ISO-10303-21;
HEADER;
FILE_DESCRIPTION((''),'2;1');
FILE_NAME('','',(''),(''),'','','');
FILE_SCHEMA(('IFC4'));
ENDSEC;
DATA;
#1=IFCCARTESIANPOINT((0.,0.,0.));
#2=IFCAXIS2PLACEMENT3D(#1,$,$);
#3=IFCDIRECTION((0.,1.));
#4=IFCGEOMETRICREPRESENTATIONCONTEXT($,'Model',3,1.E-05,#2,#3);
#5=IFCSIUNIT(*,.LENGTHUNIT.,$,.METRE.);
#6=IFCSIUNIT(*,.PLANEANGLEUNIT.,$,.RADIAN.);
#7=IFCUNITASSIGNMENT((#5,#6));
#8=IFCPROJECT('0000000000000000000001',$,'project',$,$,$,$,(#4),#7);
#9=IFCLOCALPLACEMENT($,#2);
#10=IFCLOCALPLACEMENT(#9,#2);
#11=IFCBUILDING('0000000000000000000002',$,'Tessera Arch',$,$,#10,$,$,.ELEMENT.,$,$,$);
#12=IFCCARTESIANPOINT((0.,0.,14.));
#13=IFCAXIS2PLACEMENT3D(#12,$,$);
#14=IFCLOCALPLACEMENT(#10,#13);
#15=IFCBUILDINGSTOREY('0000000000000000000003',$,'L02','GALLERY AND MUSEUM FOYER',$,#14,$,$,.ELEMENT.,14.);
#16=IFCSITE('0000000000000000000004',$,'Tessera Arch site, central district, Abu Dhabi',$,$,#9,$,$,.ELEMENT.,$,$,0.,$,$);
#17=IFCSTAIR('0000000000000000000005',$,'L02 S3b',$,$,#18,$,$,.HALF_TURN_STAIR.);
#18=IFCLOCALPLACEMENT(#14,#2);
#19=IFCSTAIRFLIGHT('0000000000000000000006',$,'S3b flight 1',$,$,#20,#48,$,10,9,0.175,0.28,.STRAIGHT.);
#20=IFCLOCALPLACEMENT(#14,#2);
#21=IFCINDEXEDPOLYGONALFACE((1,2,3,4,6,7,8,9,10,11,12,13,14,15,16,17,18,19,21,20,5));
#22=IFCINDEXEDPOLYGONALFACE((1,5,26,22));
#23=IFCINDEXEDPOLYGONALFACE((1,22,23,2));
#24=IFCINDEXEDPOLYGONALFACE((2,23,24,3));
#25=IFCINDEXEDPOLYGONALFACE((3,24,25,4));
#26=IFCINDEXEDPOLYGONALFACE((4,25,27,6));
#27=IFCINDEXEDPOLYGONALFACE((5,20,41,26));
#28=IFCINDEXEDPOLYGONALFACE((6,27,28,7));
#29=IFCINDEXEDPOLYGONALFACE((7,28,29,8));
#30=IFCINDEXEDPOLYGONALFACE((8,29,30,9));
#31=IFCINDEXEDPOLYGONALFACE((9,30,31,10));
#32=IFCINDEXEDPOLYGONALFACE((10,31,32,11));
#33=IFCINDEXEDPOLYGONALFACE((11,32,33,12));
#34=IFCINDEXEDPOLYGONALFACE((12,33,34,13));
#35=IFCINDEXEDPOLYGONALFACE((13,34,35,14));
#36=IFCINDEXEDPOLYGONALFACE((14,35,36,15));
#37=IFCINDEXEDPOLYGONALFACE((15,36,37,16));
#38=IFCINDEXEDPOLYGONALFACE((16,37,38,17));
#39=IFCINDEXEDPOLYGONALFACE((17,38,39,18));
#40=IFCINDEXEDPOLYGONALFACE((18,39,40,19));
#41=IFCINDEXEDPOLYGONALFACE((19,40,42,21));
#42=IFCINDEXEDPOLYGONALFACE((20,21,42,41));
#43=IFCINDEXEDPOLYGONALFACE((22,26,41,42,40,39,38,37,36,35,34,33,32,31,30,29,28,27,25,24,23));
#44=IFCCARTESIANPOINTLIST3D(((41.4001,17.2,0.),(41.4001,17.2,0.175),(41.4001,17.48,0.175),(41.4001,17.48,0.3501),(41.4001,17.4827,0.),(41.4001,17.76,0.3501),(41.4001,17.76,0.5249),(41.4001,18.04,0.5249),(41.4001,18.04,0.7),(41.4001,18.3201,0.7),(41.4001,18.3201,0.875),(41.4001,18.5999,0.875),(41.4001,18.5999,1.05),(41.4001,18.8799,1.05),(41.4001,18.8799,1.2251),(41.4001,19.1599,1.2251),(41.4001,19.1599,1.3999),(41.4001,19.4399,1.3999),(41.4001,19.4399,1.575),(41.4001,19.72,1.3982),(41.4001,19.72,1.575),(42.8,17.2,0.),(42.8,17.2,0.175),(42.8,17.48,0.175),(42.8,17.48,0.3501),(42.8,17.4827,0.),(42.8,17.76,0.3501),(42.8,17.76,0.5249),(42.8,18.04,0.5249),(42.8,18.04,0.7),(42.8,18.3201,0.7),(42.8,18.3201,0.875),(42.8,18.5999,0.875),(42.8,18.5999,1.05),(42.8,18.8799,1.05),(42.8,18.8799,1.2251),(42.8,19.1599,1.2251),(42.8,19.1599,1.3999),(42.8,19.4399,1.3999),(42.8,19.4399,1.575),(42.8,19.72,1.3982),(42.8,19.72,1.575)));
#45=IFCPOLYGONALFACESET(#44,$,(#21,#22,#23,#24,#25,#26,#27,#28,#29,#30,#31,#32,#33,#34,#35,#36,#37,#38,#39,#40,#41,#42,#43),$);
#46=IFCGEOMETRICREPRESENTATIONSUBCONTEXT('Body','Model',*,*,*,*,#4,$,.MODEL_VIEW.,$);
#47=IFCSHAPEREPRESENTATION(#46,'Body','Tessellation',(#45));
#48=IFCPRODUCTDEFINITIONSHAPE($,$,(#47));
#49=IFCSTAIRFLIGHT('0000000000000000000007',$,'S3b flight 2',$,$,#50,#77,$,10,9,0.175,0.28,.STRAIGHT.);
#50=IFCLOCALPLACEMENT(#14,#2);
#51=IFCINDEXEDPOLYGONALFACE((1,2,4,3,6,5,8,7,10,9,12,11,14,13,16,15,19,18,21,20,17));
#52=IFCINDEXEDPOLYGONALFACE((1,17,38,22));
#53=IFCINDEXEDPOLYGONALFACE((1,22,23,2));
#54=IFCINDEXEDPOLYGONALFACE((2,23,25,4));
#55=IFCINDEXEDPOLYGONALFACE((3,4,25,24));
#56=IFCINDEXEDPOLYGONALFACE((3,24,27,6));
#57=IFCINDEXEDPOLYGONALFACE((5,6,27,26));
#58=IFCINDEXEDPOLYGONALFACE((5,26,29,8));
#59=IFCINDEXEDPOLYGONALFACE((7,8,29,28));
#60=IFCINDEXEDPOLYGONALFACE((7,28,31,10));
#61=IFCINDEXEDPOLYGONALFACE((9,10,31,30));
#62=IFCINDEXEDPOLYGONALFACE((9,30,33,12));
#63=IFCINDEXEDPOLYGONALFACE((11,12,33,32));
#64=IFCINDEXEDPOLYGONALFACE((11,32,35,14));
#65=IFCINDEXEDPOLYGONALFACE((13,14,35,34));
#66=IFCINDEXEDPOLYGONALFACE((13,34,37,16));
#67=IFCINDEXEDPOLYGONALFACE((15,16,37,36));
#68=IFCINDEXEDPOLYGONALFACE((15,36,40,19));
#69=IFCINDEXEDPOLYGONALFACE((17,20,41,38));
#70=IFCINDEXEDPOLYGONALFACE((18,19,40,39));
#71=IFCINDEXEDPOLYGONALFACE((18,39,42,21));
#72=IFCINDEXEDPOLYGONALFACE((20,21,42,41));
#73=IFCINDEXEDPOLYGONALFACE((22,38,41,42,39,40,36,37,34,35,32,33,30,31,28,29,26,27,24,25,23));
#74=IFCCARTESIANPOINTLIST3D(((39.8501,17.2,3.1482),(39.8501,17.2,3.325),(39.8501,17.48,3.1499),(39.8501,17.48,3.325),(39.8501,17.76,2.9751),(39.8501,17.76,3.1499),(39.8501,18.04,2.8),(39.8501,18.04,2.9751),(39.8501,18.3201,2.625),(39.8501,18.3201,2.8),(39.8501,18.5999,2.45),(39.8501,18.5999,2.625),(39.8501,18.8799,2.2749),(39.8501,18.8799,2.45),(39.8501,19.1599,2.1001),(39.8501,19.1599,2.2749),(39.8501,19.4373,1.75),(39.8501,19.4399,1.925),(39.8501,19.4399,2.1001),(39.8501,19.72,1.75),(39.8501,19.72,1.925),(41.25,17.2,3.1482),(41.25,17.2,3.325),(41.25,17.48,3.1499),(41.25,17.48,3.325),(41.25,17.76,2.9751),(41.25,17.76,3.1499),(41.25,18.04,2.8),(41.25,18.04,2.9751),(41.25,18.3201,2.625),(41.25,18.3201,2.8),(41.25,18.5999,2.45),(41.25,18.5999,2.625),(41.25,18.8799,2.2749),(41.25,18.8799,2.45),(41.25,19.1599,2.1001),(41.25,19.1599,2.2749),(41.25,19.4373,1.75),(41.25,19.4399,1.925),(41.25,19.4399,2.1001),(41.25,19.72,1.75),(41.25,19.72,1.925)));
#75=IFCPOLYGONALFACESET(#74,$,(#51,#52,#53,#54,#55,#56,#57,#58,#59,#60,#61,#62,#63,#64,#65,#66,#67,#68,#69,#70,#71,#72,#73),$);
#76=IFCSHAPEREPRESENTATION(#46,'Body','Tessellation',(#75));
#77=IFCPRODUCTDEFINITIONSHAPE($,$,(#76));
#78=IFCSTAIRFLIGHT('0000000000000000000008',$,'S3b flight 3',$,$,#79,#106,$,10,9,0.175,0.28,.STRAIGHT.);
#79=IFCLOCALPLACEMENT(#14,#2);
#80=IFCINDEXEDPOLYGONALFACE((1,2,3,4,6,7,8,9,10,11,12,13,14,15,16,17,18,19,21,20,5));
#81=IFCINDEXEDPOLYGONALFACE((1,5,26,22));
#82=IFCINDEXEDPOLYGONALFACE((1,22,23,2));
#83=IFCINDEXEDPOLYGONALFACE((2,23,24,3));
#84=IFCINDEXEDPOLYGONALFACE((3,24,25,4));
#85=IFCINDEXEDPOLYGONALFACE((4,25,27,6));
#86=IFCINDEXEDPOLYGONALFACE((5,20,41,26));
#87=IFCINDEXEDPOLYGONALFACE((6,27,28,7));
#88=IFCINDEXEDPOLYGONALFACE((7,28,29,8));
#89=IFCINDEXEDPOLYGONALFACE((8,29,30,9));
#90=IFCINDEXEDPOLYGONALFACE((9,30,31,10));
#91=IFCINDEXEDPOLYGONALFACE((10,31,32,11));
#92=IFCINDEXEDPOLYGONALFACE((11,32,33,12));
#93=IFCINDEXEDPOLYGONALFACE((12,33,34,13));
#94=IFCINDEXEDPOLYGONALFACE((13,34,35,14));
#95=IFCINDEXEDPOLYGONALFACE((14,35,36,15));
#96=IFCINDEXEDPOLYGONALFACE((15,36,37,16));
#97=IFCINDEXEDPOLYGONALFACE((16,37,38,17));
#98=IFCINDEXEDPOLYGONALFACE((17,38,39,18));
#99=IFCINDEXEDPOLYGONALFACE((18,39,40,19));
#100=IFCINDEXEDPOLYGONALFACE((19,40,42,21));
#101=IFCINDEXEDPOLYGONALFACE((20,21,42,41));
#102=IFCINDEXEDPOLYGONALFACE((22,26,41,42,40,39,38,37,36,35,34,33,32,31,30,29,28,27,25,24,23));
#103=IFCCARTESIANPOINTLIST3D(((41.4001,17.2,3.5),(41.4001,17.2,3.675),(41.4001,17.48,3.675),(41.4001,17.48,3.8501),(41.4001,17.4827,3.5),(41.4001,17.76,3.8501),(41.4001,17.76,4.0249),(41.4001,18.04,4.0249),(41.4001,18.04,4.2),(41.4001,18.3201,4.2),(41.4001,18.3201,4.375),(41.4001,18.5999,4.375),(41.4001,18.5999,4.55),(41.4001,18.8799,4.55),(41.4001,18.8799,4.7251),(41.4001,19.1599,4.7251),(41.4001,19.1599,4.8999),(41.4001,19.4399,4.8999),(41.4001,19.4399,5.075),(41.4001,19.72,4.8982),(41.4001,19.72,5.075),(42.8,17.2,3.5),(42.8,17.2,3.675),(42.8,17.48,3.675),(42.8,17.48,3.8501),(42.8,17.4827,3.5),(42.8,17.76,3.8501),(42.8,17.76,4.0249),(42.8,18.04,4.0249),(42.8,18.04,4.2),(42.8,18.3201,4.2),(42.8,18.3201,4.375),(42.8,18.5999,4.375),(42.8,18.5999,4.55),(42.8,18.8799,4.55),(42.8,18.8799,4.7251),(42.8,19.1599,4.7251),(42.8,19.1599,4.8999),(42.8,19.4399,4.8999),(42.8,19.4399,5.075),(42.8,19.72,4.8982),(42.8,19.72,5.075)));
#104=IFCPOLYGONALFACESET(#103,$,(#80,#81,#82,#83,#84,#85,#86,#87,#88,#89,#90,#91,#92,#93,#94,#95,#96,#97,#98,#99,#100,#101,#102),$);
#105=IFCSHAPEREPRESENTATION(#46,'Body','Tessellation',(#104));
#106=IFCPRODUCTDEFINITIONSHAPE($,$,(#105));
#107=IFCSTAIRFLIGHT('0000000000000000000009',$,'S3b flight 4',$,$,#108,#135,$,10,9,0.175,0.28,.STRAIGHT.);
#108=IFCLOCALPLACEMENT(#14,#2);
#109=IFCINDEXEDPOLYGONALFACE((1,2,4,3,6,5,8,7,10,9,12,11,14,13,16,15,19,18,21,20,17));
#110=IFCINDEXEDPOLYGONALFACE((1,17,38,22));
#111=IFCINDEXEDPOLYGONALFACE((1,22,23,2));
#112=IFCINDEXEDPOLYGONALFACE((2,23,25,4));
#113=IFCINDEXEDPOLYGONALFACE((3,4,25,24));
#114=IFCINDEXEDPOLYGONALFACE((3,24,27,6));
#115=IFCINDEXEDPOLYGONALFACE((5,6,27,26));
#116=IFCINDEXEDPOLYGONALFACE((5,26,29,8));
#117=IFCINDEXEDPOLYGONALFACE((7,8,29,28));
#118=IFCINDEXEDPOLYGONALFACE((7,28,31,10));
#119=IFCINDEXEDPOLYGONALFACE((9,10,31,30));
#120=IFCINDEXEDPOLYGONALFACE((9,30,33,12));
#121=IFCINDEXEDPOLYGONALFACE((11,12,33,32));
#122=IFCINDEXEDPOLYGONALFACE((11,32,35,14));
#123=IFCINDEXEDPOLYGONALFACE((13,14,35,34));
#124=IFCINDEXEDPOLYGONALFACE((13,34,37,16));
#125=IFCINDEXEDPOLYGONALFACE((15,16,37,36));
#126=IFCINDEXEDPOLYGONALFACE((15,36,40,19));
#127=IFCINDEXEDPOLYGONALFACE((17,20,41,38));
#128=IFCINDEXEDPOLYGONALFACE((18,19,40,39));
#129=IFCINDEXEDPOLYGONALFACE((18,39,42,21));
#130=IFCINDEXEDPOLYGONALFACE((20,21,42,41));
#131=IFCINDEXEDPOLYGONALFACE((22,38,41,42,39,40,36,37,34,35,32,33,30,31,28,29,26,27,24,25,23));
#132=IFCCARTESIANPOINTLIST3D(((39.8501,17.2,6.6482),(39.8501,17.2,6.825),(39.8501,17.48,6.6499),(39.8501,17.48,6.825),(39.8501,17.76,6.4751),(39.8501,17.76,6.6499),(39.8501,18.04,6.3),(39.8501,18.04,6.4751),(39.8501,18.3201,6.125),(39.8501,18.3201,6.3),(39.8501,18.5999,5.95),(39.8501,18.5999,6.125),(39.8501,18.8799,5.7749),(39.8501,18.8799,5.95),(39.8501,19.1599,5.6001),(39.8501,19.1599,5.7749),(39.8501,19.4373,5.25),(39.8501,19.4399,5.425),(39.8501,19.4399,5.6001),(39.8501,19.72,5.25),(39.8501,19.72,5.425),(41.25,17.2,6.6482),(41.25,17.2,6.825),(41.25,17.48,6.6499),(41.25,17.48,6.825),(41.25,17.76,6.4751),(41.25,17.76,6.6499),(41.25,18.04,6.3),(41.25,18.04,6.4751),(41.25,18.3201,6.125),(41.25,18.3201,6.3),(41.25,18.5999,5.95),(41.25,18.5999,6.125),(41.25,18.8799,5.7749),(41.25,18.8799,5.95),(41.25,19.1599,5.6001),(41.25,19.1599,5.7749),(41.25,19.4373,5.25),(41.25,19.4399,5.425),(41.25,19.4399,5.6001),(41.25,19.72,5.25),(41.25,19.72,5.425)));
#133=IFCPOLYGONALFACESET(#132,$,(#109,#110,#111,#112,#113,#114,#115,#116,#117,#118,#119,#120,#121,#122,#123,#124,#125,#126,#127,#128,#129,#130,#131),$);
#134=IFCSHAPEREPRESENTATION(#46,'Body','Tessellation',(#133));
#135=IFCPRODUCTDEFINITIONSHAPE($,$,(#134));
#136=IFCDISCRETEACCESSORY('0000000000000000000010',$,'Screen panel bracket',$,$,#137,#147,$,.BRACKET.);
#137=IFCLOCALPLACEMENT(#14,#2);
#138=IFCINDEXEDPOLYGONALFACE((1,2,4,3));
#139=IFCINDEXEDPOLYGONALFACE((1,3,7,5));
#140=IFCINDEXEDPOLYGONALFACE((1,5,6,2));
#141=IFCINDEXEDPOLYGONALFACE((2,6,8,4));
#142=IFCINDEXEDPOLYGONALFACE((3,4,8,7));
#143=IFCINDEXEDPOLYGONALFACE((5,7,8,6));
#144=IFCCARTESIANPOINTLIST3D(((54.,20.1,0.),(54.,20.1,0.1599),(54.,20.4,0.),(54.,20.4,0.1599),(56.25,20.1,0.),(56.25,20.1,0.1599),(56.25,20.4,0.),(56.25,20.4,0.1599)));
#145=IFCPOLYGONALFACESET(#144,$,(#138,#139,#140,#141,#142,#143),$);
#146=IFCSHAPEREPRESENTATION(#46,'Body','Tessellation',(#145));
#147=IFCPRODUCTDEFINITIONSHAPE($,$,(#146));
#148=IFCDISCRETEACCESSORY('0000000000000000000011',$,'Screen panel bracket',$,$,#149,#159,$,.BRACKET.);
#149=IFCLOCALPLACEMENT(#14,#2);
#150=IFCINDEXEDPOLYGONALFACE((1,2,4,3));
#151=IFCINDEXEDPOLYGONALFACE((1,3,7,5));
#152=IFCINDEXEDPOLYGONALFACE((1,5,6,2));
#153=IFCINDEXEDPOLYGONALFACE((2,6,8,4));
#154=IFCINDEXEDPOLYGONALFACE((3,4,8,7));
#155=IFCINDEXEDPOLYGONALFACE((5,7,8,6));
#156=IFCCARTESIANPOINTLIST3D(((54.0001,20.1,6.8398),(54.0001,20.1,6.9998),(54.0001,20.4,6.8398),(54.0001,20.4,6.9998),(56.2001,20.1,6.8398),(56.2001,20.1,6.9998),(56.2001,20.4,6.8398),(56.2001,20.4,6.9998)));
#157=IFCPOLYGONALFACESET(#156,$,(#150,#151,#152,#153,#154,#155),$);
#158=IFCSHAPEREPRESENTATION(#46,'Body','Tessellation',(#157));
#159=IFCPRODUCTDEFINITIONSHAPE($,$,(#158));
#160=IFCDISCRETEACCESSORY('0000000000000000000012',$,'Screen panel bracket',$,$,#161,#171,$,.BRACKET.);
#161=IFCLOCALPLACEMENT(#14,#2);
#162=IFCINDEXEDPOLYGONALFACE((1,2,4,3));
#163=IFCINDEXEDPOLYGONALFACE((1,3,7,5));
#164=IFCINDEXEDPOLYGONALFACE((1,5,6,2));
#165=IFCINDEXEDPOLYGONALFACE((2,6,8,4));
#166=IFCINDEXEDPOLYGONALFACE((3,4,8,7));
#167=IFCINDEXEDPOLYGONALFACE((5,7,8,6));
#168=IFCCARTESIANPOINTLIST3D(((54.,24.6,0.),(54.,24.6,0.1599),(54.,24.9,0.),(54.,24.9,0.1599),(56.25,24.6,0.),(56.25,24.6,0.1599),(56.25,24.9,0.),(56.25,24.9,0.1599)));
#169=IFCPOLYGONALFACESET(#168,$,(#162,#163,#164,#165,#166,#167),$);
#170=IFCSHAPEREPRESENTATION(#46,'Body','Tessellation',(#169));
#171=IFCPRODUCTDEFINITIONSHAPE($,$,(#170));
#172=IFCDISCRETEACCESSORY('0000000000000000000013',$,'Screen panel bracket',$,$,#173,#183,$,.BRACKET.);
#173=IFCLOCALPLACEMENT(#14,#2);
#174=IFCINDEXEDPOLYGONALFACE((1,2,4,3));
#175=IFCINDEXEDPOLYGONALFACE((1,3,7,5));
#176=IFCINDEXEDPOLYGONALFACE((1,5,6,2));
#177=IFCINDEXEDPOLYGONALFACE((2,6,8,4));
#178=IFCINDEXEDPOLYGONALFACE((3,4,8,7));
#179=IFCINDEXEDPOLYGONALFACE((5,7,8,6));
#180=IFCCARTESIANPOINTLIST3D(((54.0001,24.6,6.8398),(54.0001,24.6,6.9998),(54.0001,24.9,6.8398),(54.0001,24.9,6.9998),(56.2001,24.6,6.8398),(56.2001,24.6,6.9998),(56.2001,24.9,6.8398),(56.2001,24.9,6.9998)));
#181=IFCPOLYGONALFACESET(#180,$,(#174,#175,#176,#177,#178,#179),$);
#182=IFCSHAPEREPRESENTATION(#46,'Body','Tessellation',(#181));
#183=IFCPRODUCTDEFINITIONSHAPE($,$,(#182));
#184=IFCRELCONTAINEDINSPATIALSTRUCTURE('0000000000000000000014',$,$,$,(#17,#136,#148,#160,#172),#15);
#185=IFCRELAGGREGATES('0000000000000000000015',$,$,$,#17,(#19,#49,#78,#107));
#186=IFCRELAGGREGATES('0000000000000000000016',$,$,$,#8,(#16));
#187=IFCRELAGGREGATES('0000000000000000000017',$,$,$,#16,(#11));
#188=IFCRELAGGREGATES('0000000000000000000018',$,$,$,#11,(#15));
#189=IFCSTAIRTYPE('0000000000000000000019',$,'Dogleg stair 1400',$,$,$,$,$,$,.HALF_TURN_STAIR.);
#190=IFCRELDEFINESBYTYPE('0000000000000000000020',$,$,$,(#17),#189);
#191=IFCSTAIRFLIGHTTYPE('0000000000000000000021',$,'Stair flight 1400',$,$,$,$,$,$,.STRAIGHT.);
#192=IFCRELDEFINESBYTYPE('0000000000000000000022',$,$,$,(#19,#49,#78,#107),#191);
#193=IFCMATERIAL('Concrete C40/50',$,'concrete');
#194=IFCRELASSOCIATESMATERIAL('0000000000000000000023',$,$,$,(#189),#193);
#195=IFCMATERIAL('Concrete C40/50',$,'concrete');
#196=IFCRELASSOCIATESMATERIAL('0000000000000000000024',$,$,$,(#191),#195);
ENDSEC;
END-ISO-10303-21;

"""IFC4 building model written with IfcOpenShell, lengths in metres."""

from ifc_helpers import new_model, si_unit, direction, frame, origin, origin_2d, place, context, subcontext, project, spatial, polyline, rectangle, outline, extrude, material, type_object, element, aggregate, save


model = new_model("IFC4")

# Units and contexts
model_context = context("Model", 3, precision=1e-05, world=origin(), true_north=direction((0.0, 1.0)))
body_context = subcontext(model_context, "Body", "Model", "MODEL_VIEW")
ifc_project = project(units=[si_unit("LENGTHUNIT", "METRE"), si_unit("PLANEANGLEUNIT", "RADIAN")], contexts=[model_context])

# Site, building, storey
site_placement = place(None, origin())
site = spatial("IfcSite", under=ifc_project, at=site_placement, Name="Tessera Arch site, central district, Abu Dhabi", CompositionType="ELEMENT", RefElevation=0.0)
building_placement = place(site_placement, origin())
building = spatial("IfcBuilding", under=site, at=building_placement, Name="Tessera Arch", CompositionType="ELEMENT")
storey_placement = place(building_placement, frame((0.0, 0.0, 14.0)))
storey = spatial("IfcBuildingStorey", under=building, at=storey_placement, Name="L02", Description="GALLERY AND MUSEUM FOYER", CompositionType="ELEMENT", Elevation=14.0)

# Stair, stair flights
ifc_material_1 = material(Name="Concrete C40/50", Category="concrete")
stair_type = type_object("IfcStairType", Name="Dogleg stair 1400", PredefinedType="HALF_TURN_STAIR", material=ifc_material_1)
stair_placement = place(storey_placement, origin())
stair = element("IfcStair", 1, at=stair_placement, inside=storey, type_object=stair_type, Name="L02 S3b", PredefinedType="HALF_TURN_STAIR")
ifc_material_2 = material(Name="Concrete C40/50", Category="concrete")
stair_flight_type = type_object("IfcStairFlightType", Name="Stair flight 1400", PredefinedType="STRAIGHT", material=ifc_material_2)
stair_flight_1_placement = place(storey_placement, frame((42.1001, 17.2, 0.0), z_axis=(0.0, 0.0, 1.0), x_axis=(0.0, 1.0, 0.0)))
stair_flight_1 = element("IfcStairFlight", 2, at=stair_flight_1_placement, type_object=stair_flight_type, Name="S3b flight 1", NumberOfRisers=10, NumberOfTreads=9, PredefinedType="STRAIGHT", RiserHeight=0.175, TreadLength=0.28, context=body_context, shape_type="SweptSolid", body=[
    extrude(outline(polyline([(0.0, 0.0), (0.0, 0.175), (0.28, 0.175), (0.28, 0.3501), (0.5601, 0.3501), (0.5601, 0.5249), (0.8401, 0.5249), (0.8401, 0.7), (1.1201, 0.7), (1.1201, 0.875), (1.3999, 0.875), (1.3999, 1.05), (1.6799, 1.05), (1.6799, 1.2251), (1.96, 1.2251), (1.96, 1.3999), (2.24, 1.3999), (2.24, 1.575), (2.52, 1.575), (2.52, 1.75), (2.52, 1.3982), (0.2827, 0.0), (0.0, 0.0)])), frame((0.0, 0.7, 0.0), z_axis=(0.0, -1.0, 0.0), x_axis=(1.0, 0.0, 0.0)), (0.0, 0.0, 1.0), 1.3999),
])
stair_flight_2_placement = place(storey_placement, frame((40.55, 19.72, 1.75), z_axis=(0.0, 0.0, 1.0), x_axis=(0.0, -1.0, 0.0)))
stair_flight_2 = element("IfcStairFlight", 3, at=stair_flight_2_placement, type_object=stair_flight_type, Name="S3b flight 2", NumberOfRisers=10, NumberOfTreads=9, PredefinedType="STRAIGHT", RiserHeight=0.175, TreadLength=0.28, context=body_context, shape_type="SweptSolid", body=[
    extrude(outline(polyline([(0.0, 0.0), (0.0, 0.175), (0.28, 0.175), (0.28, 0.3501), (0.5601, 0.3501), (0.5601, 0.5249), (0.8401, 0.5249), (0.8401, 0.7), (1.1201, 0.7), (1.1201, 0.875), (1.3999, 0.875), (1.3999, 1.05), (1.6799, 1.05), (1.6799, 1.2251), (1.96, 1.2251), (1.96, 1.3999), (2.24, 1.3999), (2.24, 1.575), (2.52, 1.575), (2.52, 1.75), (2.52, 1.3982), (0.2827, 0.0), (0.0, 0.0)])), frame((0.0, 0.7, 0.0), z_axis=(0.0, -1.0, 0.0), x_axis=(1.0, 0.0, 0.0)), (0.0, 0.0, 1.0), 1.3999),
])
stair_flight_3_placement = place(storey_placement, frame((42.1001, 17.2, 3.5), z_axis=(0.0, 0.0, 1.0), x_axis=(0.0, 1.0, 0.0)))
stair_flight_3 = element("IfcStairFlight", 4, at=stair_flight_3_placement, type_object=stair_flight_type, Name="S3b flight 3", NumberOfRisers=10, NumberOfTreads=9, PredefinedType="STRAIGHT", RiserHeight=0.175, TreadLength=0.28, context=body_context, shape_type="SweptSolid", body=[
    extrude(outline(polyline([(0.0, 0.0), (0.0, 0.175), (0.28, 0.175), (0.28, 0.3501), (0.5601, 0.3501), (0.5601, 0.5249), (0.8401, 0.5249), (0.8401, 0.7), (1.1201, 0.7), (1.1201, 0.875), (1.3999, 0.875), (1.3999, 1.05), (1.6799, 1.05), (1.6799, 1.2251), (1.96, 1.2251), (1.96, 1.3999), (2.24, 1.3999), (2.24, 1.575), (2.52, 1.575), (2.52, 1.75), (2.52, 1.3982), (0.2827, 0.0), (0.0, 0.0)])), frame((0.0, 0.7, 0.0), z_axis=(0.0, -1.0, 0.0), x_axis=(1.0, 0.0, 0.0)), (0.0, 0.0, 1.0), 1.3999),
])
stair_flight_4_placement = place(storey_placement, frame((40.55, 19.72, 5.25), z_axis=(0.0, 0.0, 1.0), x_axis=(0.0, -1.0, 0.0)))
stair_flight_4 = element("IfcStairFlight", 5, at=stair_flight_4_placement, type_object=stair_flight_type, Name="S3b flight 4", NumberOfRisers=10, NumberOfTreads=9, PredefinedType="STRAIGHT", RiserHeight=0.175, TreadLength=0.28, context=body_context, shape_type="SweptSolid", body=[
    extrude(outline(polyline([(0.0, 0.0), (0.0, 0.175), (0.28, 0.175), (0.28, 0.3501), (0.5601, 0.3501), (0.5601, 0.5249), (0.8401, 0.5249), (0.8401, 0.7), (1.1201, 0.7), (1.1201, 0.875), (1.3999, 0.875), (1.3999, 1.05), (1.6799, 1.05), (1.6799, 1.2251), (1.96, 1.2251), (1.96, 1.3999), (2.24, 1.3999), (2.24, 1.575), (2.52, 1.575), (2.52, 1.75), (2.52, 1.3982), (0.2827, 0.0), (0.0, 0.0)])), frame((0.0, 0.7, 0.0), z_axis=(0.0, -1.0, 0.0), x_axis=(1.0, 0.0, 0.0)), (0.0, 0.0, 1.0), 1.3999),
])
aggregate(stair, [stair_flight_1, stair_flight_2, stair_flight_3, stair_flight_4])

# Discrete accessories
discrete_accessory_1_placement = place(storey_placement, frame((55.125, 20.25, 0.0), z_axis=(0.0, 0.0, 1.0), x_axis=(1.0, 0.0, 0.0)))
element("IfcDiscreteAccessory", 6, at=discrete_accessory_1_placement, inside=storey, Name="Screen panel bracket", PredefinedType="BRACKET", context=body_context, shape_type="SweptSolid", body=[
    extrude(rectangle(XDim=2.25, YDim=0.3, at=origin_2d()), origin(), (0.0, 0.0, 1.0), 0.1599),
])
discrete_accessory_2_placement = place(storey_placement, frame((55.1001, 20.25, 6.8398), z_axis=(0.0, 0.0, 1.0), x_axis=(1.0, 0.0, 0.0)))
element("IfcDiscreteAccessory", 7, at=discrete_accessory_2_placement, inside=storey, Name="Screen panel bracket", PredefinedType="BRACKET", context=body_context, shape_type="SweptSolid", body=[
    extrude(rectangle(XDim=2.2, YDim=0.3, at=origin_2d()), origin(), (0.0, 0.0, 1.0), 0.1599),
])
discrete_accessory_3_placement = place(storey_placement, frame((55.125, 24.75, 0.0), z_axis=(0.0, 0.0, 1.0), x_axis=(1.0, 0.0, 0.0)))
element("IfcDiscreteAccessory", 8, at=discrete_accessory_3_placement, inside=storey, Name="Screen panel bracket", PredefinedType="BRACKET", context=body_context, shape_type="SweptSolid", body=[
    extrude(rectangle(XDim=2.25, YDim=0.3, at=origin_2d()), origin(), (0.0, 0.0, 1.0), 0.1599),
])
discrete_accessory_4_placement = place(storey_placement, frame((55.1001, 24.75, 6.8398), z_axis=(0.0, 0.0, 1.0), x_axis=(1.0, 0.0, 0.0)))
element("IfcDiscreteAccessory", 9, at=discrete_accessory_4_placement, inside=storey, Name="Screen panel bracket", PredefinedType="BRACKET", context=body_context, shape_type="SweptSolid", body=[
    extrude(rectangle(XDim=2.2, YDim=0.3, at=origin_2d()), origin(), (0.0, 0.0, 1.0), 0.1599),
])

save(model, "model.ifc")
